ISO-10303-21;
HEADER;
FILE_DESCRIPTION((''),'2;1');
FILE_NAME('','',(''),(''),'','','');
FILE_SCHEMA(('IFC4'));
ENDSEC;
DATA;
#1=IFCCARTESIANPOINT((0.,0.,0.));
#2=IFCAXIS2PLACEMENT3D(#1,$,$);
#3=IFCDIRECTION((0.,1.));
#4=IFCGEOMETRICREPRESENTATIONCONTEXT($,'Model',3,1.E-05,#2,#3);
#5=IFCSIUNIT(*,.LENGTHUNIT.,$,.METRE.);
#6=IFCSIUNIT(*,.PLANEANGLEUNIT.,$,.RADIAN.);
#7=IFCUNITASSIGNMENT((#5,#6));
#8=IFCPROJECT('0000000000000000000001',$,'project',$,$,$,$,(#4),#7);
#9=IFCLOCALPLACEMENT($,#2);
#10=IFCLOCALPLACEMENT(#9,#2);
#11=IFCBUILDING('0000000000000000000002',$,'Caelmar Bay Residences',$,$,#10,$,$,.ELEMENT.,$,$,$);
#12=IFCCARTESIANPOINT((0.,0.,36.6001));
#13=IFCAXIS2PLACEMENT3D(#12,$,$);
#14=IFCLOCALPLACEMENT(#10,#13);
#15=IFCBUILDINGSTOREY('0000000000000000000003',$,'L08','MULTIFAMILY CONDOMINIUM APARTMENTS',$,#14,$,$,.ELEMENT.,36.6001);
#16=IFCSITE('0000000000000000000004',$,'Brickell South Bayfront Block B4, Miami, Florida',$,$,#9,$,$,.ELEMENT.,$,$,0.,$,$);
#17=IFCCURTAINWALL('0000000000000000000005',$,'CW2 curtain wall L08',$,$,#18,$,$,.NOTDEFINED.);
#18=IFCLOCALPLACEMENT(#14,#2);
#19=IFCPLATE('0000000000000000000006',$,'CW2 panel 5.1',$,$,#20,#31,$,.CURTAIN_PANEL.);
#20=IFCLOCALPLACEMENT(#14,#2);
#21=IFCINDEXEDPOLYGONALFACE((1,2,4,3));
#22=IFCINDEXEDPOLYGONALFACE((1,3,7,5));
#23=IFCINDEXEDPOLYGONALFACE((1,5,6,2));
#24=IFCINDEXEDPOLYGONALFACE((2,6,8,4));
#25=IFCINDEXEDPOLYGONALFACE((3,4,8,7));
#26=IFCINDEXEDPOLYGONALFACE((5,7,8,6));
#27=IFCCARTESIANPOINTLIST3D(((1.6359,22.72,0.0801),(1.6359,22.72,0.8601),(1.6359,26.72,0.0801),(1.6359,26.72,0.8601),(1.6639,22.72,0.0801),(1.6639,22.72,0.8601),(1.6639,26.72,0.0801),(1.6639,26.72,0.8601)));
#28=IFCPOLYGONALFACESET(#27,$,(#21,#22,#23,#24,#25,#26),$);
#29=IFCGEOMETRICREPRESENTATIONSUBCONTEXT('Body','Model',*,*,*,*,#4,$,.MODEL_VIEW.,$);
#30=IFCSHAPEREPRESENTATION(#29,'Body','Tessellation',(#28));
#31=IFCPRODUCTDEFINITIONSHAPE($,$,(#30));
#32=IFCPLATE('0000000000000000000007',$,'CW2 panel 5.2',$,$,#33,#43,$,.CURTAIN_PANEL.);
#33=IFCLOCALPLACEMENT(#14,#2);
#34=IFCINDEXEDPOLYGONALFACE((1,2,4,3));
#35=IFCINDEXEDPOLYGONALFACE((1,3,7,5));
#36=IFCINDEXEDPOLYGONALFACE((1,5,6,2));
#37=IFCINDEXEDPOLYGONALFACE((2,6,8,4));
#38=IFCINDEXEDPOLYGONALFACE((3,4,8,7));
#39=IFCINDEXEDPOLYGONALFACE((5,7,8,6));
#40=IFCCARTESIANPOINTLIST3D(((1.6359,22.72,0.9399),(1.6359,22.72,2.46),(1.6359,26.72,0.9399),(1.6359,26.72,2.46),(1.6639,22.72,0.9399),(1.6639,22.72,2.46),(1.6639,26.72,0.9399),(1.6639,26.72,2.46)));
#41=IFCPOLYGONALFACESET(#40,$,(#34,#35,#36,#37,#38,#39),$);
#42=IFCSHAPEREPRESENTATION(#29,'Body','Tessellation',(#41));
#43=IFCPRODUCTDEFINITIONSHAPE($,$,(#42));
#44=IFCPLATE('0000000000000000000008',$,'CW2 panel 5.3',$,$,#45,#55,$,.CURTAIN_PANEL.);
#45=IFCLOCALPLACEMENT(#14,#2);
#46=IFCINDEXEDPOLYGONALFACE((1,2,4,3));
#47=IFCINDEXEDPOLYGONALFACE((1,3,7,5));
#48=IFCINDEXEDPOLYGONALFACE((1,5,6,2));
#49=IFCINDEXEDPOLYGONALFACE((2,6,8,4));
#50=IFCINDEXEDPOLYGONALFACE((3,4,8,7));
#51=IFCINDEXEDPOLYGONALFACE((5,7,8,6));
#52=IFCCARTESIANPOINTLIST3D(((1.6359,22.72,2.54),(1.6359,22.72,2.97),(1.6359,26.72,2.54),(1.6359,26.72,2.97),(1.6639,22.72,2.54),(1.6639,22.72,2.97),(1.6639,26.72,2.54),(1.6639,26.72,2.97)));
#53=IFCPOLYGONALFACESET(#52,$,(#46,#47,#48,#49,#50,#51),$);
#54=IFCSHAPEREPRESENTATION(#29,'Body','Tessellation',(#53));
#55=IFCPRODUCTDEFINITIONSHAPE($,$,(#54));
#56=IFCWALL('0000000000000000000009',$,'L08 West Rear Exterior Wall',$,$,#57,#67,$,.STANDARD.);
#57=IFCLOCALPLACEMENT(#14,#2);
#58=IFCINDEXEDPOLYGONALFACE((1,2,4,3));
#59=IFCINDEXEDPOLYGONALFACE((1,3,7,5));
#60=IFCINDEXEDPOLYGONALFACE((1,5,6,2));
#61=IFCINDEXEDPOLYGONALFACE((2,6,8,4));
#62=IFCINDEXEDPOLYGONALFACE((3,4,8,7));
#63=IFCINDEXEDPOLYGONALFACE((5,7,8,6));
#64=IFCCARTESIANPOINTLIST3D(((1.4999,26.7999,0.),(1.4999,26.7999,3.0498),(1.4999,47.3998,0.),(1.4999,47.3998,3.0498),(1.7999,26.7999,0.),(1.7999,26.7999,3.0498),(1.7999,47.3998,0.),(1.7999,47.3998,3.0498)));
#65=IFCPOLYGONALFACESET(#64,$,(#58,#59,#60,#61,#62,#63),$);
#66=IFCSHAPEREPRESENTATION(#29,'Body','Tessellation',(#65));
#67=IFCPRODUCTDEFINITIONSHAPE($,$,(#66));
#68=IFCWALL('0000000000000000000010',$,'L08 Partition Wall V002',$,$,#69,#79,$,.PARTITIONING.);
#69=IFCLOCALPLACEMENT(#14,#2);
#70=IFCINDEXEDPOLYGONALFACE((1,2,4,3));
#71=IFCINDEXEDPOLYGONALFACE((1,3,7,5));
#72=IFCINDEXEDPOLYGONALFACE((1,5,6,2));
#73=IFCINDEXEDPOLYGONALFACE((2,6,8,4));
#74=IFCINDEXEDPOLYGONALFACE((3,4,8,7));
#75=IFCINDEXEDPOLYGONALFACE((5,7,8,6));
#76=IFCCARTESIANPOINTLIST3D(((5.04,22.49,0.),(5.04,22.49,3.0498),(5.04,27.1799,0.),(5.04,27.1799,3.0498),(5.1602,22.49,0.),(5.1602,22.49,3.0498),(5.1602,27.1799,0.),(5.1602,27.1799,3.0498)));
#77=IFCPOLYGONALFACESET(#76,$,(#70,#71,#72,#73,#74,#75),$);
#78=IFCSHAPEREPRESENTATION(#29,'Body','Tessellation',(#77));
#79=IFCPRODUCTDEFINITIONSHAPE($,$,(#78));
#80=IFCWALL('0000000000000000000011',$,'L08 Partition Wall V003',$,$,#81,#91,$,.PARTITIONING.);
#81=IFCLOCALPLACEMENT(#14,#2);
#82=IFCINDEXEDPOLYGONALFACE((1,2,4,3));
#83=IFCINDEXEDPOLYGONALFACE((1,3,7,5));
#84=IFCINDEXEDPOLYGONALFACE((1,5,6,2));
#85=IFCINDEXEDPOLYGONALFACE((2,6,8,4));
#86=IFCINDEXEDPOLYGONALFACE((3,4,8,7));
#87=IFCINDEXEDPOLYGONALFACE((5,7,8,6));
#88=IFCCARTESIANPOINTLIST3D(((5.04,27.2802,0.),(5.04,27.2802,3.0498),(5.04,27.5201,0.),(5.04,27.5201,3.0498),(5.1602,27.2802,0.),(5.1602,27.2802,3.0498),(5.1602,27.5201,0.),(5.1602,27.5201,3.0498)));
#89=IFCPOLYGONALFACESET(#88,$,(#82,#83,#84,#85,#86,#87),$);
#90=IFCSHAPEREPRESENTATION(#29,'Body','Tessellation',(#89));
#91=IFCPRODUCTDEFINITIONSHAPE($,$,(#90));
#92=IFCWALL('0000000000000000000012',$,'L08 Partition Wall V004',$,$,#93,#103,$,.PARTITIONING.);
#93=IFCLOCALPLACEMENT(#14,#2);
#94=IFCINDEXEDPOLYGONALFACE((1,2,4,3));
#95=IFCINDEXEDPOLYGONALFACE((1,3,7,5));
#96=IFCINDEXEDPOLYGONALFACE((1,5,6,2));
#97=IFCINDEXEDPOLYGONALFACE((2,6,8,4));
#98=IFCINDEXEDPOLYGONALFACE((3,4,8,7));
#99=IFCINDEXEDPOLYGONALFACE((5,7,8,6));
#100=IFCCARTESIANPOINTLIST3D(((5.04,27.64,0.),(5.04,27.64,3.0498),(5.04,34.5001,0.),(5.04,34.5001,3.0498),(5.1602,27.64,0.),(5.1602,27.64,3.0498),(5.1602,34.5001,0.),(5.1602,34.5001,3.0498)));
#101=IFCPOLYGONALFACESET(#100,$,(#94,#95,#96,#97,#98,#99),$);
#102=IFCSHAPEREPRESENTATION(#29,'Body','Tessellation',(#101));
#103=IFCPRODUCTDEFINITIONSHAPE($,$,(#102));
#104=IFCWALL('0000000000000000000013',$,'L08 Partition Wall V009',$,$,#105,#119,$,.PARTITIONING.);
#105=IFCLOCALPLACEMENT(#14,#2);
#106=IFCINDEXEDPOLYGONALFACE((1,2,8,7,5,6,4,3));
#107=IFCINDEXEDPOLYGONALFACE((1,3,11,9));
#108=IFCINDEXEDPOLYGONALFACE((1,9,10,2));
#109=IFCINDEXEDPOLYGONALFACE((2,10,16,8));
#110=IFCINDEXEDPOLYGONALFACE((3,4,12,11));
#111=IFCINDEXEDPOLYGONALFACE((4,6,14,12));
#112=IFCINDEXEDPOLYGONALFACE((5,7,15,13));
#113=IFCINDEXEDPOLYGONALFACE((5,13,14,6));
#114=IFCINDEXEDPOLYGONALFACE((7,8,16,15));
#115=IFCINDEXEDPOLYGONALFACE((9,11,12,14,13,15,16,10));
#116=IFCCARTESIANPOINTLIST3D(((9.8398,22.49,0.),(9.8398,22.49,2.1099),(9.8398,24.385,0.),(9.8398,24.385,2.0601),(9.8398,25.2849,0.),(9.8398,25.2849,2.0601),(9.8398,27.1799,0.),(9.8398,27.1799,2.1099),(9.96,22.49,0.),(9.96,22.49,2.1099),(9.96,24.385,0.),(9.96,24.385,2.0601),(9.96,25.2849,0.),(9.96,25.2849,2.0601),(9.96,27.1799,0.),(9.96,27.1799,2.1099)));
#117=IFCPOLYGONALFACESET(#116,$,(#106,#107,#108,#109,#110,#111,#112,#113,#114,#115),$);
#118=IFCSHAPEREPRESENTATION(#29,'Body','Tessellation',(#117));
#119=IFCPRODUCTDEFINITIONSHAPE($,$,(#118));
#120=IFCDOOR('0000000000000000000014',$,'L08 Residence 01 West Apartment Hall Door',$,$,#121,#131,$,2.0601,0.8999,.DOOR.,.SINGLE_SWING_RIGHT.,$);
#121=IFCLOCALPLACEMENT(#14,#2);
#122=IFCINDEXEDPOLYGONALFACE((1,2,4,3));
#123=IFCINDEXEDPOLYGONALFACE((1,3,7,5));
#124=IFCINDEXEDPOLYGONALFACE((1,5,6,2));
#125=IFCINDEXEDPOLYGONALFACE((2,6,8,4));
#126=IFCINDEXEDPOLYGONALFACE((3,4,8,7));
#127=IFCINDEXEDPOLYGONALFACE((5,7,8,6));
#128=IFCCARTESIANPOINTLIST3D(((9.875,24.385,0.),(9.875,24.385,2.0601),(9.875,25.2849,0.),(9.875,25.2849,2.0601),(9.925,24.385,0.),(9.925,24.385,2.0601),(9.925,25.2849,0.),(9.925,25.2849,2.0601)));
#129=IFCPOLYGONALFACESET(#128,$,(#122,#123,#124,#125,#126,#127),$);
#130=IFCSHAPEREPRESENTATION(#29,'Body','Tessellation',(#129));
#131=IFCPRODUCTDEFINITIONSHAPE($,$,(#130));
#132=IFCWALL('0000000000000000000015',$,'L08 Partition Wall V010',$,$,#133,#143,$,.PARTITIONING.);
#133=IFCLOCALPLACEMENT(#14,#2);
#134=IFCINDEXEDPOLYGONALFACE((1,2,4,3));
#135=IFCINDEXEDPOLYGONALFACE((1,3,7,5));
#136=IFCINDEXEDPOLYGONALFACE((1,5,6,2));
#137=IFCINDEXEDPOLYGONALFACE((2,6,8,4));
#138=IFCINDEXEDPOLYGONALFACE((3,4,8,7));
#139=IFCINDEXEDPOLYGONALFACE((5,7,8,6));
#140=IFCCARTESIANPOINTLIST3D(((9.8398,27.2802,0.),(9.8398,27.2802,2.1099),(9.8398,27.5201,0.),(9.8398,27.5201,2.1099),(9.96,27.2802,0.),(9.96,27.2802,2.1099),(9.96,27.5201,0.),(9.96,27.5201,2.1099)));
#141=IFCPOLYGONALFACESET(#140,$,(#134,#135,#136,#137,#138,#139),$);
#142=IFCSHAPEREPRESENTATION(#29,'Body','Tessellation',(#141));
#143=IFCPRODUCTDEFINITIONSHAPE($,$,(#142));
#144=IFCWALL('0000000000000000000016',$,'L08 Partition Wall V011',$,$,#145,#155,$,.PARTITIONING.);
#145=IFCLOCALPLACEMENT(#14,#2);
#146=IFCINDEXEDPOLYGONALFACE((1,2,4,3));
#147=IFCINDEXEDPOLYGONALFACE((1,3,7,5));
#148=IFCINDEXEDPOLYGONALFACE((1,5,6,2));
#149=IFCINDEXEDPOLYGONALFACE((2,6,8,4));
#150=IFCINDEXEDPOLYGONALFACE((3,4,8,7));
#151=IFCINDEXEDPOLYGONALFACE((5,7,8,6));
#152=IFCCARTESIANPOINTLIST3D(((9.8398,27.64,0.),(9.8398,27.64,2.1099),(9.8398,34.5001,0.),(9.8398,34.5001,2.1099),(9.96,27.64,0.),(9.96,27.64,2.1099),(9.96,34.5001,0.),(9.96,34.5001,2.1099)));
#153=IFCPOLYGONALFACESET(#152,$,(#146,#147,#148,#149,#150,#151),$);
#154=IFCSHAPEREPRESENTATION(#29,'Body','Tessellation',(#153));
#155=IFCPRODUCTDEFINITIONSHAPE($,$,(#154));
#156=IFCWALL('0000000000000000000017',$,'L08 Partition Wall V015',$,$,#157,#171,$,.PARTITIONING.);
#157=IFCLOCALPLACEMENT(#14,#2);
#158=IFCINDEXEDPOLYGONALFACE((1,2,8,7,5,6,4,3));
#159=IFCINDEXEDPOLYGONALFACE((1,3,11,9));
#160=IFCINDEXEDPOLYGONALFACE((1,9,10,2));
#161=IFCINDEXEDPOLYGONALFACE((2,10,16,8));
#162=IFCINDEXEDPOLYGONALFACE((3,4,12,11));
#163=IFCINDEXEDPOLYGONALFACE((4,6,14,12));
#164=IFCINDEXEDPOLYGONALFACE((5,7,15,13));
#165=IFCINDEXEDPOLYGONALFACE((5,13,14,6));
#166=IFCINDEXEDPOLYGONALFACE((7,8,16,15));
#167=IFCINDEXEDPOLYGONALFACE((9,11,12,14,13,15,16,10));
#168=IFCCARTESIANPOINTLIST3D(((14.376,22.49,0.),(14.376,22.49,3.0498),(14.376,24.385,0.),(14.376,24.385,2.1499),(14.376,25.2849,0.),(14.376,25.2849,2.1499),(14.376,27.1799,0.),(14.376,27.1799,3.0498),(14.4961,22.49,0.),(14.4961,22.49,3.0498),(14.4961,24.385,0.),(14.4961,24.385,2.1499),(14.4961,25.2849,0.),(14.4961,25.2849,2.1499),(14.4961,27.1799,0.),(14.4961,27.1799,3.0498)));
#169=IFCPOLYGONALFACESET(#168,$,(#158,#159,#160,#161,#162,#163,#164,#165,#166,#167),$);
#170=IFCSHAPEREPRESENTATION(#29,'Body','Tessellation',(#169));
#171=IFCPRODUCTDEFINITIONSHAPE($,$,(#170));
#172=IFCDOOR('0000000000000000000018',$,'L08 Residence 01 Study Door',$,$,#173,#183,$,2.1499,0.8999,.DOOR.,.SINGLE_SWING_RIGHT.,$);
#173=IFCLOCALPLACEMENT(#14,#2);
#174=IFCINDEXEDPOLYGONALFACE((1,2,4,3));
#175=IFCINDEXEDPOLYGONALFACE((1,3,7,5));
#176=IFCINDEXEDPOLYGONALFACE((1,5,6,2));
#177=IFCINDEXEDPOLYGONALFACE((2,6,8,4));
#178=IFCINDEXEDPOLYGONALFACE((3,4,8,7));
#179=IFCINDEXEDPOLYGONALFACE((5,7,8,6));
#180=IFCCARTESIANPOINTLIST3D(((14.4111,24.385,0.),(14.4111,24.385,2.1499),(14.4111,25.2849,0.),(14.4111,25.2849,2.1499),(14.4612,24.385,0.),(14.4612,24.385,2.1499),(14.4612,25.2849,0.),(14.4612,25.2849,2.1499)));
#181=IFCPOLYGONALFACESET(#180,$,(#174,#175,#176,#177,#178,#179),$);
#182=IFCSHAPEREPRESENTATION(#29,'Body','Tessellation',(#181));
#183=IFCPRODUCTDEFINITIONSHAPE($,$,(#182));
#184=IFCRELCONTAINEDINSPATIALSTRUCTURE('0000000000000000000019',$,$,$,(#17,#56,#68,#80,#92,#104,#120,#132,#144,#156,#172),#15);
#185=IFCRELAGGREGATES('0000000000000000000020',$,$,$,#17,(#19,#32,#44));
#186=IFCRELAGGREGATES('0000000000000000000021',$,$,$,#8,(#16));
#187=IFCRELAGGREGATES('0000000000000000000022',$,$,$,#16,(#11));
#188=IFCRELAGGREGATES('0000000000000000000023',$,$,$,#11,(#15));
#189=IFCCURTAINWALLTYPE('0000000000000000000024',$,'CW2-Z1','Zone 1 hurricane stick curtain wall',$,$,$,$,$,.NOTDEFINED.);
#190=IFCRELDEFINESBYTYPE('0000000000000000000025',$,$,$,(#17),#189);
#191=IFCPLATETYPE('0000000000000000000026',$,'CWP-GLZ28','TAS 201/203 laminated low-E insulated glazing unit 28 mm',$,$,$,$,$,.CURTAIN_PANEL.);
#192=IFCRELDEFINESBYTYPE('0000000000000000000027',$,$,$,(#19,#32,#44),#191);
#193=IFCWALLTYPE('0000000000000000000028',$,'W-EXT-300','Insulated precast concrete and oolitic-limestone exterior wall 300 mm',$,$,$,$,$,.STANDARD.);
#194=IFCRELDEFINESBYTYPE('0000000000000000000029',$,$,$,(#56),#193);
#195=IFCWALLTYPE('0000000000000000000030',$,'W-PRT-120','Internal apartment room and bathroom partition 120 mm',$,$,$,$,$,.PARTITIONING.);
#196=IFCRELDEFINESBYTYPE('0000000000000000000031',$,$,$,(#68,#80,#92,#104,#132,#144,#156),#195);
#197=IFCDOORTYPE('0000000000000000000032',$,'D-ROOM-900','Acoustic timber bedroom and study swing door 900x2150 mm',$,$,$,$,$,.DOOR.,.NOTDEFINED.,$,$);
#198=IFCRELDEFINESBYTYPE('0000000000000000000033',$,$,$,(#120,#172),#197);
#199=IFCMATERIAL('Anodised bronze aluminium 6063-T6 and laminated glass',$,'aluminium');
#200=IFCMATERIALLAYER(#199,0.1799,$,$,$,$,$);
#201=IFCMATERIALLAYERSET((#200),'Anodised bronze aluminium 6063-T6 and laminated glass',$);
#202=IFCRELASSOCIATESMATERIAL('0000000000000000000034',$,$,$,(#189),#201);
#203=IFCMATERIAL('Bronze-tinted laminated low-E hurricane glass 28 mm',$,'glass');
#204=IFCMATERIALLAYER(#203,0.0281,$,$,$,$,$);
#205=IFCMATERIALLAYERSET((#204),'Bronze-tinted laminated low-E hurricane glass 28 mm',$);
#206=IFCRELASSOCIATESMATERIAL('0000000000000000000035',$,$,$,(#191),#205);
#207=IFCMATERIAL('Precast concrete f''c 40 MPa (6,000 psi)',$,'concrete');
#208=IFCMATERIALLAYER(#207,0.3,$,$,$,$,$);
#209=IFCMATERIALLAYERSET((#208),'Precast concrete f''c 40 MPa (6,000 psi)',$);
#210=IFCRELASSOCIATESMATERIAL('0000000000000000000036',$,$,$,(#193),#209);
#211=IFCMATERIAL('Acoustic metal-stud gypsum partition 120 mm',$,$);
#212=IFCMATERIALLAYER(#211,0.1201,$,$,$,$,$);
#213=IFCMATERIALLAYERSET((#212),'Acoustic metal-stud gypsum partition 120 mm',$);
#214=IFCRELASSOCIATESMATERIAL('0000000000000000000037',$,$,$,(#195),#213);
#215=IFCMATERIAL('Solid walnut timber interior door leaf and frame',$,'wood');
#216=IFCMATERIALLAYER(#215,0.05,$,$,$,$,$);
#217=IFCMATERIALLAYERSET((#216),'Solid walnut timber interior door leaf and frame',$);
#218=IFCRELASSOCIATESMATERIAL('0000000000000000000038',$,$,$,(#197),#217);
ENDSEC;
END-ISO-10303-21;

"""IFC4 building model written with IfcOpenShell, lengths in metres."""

from ifc_helpers import new_model, si_unit, direction, frame, frame_2d, origin, origin_2d, place, context, subcontext, project, spatial, rectangle, extrude, material, layer, layer_set, type_object, element, fill, aggregate, save


model = new_model("IFC4")

# Units and contexts
model_context = context("Model", 3, precision=1e-05, world=origin(), true_north=direction((0.0, 1.0)))
body_context = subcontext(model_context, "Body", "Model", "MODEL_VIEW")
ifc_project = project(units=[si_unit("LENGTHUNIT", "METRE"), si_unit("PLANEANGLEUNIT", "RADIAN")], contexts=[model_context])

# Site, building, storey
site_placement = place(None, origin())
site = spatial("IfcSite", under=ifc_project, at=site_placement, Name="Brickell South Bayfront Block B4, Miami, Florida", CompositionType="ELEMENT", RefElevation=0.0)
building_placement = place(site_placement, origin())
building = spatial("IfcBuilding", under=site, at=building_placement, Name="Caelmar Bay Residences", CompositionType="ELEMENT")
storey_placement = place(building_placement, frame((0.0, 0.0, 36.6001)))
storey = spatial("IfcBuildingStorey", under=building, at=storey_placement, Name="L08", Description="MULTIFAMILY CONDOMINIUM APARTMENTS", CompositionType="ELEMENT", Elevation=36.6001)

# Curtain wall, plates
ifc_material_1 = material(Name="Anodised bronze aluminium 6063-T6 and laminated glass", Category="aluminium")
ifc_layer_1 = layer(ifc_material_1, 0.1799)
ifc_layer_set_1 = layer_set([ifc_layer_1], Name="Anodised bronze aluminium 6063-T6 and laminated glass")
curtain_wall_type = type_object("IfcCurtainWallType", Name="CW2-Z1", Description="Zone 1 hurricane stick curtain wall", PredefinedType="NOTDEFINED", material=ifc_layer_set_1)
curtain_wall_placement = place(storey_placement, origin())
curtain_wall = element("IfcCurtainWall", 1, at=curtain_wall_placement, inside=storey, type_object=curtain_wall_type, Name="CW2 curtain wall L08", PredefinedType="NOTDEFINED")
ifc_material_2 = material(Name="Bronze-tinted laminated low-E hurricane glass 28 mm", Category="glass")
ifc_layer_2 = layer(ifc_material_2, 0.0281)
ifc_layer_set_2 = layer_set([ifc_layer_2], Name="Bronze-tinted laminated low-E hurricane glass 28 mm")
plate_type = type_object("IfcPlateType", Name="CWP-GLZ28", Description="TAS 201/203 laminated low-E insulated glazing unit 28 mm", PredefinedType="CURTAIN_PANEL", material=ifc_layer_set_2)
plate_1_placement = place(storey_placement, frame((1.6499, 24.72, 0.0801), z_axis=(0.0, 0.0, 1.0), x_axis=(0.0, 1.0, 0.0)))
plate_1 = element("IfcPlate", 2, at=plate_1_placement, type_object=plate_type, Name="CW2 panel 5.1", PredefinedType="CURTAIN_PANEL", context=body_context, shape_type="SweptSolid", body=[
    extrude(rectangle(XDim=4.0, YDim=0.0281, at=origin_2d()), origin(), (0.0, 0.0, 1.0), 0.78),
])
plate_2_placement = place(storey_placement, frame((1.6499, 24.72, 0.9399), z_axis=(0.0, 0.0, 1.0), x_axis=(0.0, 1.0, 0.0)))
plate_2 = element("IfcPlate", 3, at=plate_2_placement, type_object=plate_type, Name="CW2 panel 5.2", PredefinedType="CURTAIN_PANEL", context=body_context, shape_type="SweptSolid", body=[
    extrude(rectangle(XDim=4.0, YDim=0.0281, at=origin_2d()), origin(), (0.0, 0.0, 1.0), 1.52),
])
plate_3_placement = place(storey_placement, frame((1.6499, 24.72, 2.54), z_axis=(0.0, 0.0, 1.0), x_axis=(0.0, 1.0, 0.0)))
plate_3 = element("IfcPlate", 4, at=plate_3_placement, type_object=plate_type, Name="CW2 panel 5.3", PredefinedType="CURTAIN_PANEL", context=body_context, shape_type="SweptSolid", body=[
    extrude(rectangle(XDim=4.0, YDim=0.0281, at=origin_2d()), origin(), (0.0, 0.0, 1.0), 0.4299),
])
aggregate(curtain_wall, [plate_1, plate_2, plate_3])

# Walls
ifc_material_3 = material(Name="Precast concrete f'c 40 MPa (6,000 psi)", Category="concrete")
ifc_layer_3 = layer(ifc_material_3, 0.3)
ifc_layer_set_3 = layer_set([ifc_layer_3], Name="Precast concrete f'c 40 MPa (6,000 psi)")
wall_type_1 = type_object("IfcWallType", Name="W-EXT-300", Description="Insulated precast concrete and oolitic-limestone exterior wall 300 mm", PredefinedType="STANDARD", material=ifc_layer_set_3)
wall_1_placement = place(storey_placement, frame((1.6499, 26.8, 0.0), z_axis=(0.0, 0.0, 1.0), x_axis=(0.0, 1.0, 0.0)))
element("IfcWall", 5, at=wall_1_placement, inside=storey, type_object=wall_type_1, Name="L08 West Rear Exterior Wall", PredefinedType="STANDARD", context=body_context, shape_type="SweptSolid", body=[
    extrude(rectangle(XDim=20.5999, YDim=0.3, at=frame_2d((10.2998, 0.0))), origin(), (0.0, 0.0, 1.0), 3.0498),
])
ifc_material_4 = material(Name="Acoustic metal-stud gypsum partition 120 mm")
ifc_layer_4 = layer(ifc_material_4, 0.1201)
ifc_layer_set_4 = layer_set([ifc_layer_4], Name="Acoustic metal-stud gypsum partition 120 mm")
wall_type_2 = type_object("IfcWallType", Name="W-PRT-120", Description="Internal apartment room and bathroom partition 120 mm", PredefinedType="PARTITIONING", material=ifc_layer_set_4)
wall_2_placement = place(storey_placement, frame((5.1001, 22.49, 0.0), z_axis=(0.0, 0.0, 1.0), x_axis=(0.0, 1.0, 0.0)))
element("IfcWall", 6, at=wall_2_placement, inside=storey, type_object=wall_type_2, Name="L08 Partition Wall V002", PredefinedType="PARTITIONING", context=body_context, shape_type="SweptSolid", body=[
    extrude(rectangle(XDim=4.6899, YDim=0.1201, at=frame_2d((2.345, 0.0))), origin(), (0.0, 0.0, 1.0), 3.0498),
])
wall_3_placement = place(storey_placement, frame((5.1001, 27.28, 0.0), z_axis=(0.0, 0.0, 1.0), x_axis=(0.0, 1.0, 0.0)))
element("IfcWall", 7, at=wall_3_placement, inside=storey, type_object=wall_type_2, Name="L08 Partition Wall V003", PredefinedType="PARTITIONING", context=body_context, shape_type="SweptSolid", body=[
    extrude(rectangle(XDim=0.24, YDim=0.1201, at=frame_2d((0.1201, 0.0))), origin(), (0.0, 0.0, 1.0), 3.0498),
])
wall_4_placement = place(storey_placement, frame((5.1001, 27.6399, 0.0), z_axis=(0.0, 0.0, 1.0), x_axis=(0.0, 1.0, 0.0)))
element("IfcWall", 8, at=wall_4_placement, inside=storey, type_object=wall_type_2, Name="L08 Partition Wall V004", PredefinedType="PARTITIONING", context=body_context, shape_type="SweptSolid", body=[
    extrude(rectangle(XDim=6.8601, YDim=0.1201, at=frame_2d((3.4302, 0.0))), origin(), (0.0, 0.0, 1.0), 3.0498),
])

# Wall, opening, door
wall_5_placement = place(storey_placement, frame((9.8999, 22.49, 0.0), z_axis=(0.0, 0.0, 1.0), x_axis=(0.0, 1.0, 0.0)))
wall_5 = element("IfcWall", 9, at=wall_5_placement, inside=storey, type_object=wall_type_2, Name="L08 Partition Wall V009", PredefinedType="PARTITIONING", context=body_context, shape_type="SweptSolid", body=[
    extrude(rectangle(XDim=4.6899, YDim=0.1201, at=frame_2d((2.345, 0.0))), origin(), (0.0, 0.0, 1.0), 2.1099),
])
opening_1_placement = place(wall_5_placement, frame((1.895, 0.0, 0.0)))
opening_1 = element("IfcOpeningElement", 10, at=opening_1_placement, cuts=wall_5, PredefinedType="OPENING", context=body_context, shape_type="SweptSolid", body=[
    extrude(rectangle(XDim=0.8999, YDim=2.0601, at=frame_2d((0.45, 1.03))), frame((0.0, 0.0701, 0.0), z_axis=(0.0, -1.0, 0.0), x_axis=(1.0, 0.0, 0.0)), (0.0, 0.0, 1.0), 0.1401),
])
ifc_material_5 = material(Name="Solid walnut timber interior door leaf and frame", Category="wood")
ifc_layer_5 = layer(ifc_material_5, 0.05)
ifc_layer_set_5 = layer_set([ifc_layer_5], Name="Solid walnut timber interior door leaf and frame")
door_type_1 = type_object("IfcDoorType", Name="D-ROOM-900", Description="Acoustic timber bedroom and study swing door 900x2150 mm", OperationType="NOTDEFINED", PredefinedType="DOOR", material=ifc_layer_set_5)
door_1_placement = place(opening_1_placement, origin())
door_1 = element("IfcDoor", 11, at=door_1_placement, inside=storey, type_object=door_type_1, Name="L08 Residence 01 West Apartment Hall Door", OperationType="SINGLE_SWING_RIGHT", OverallHeight=2.0601, OverallWidth=0.8999, PredefinedType="DOOR", context=body_context, shape_type="SweptSolid", body=[
    extrude(rectangle(XDim=0.8999, YDim=2.0601, at=frame_2d((0.45, 1.03))), frame((0.0, 0.0249, 0.0), z_axis=(0.0, -1.0, 0.0), x_axis=(1.0, 0.0, 0.0)), (0.0, 0.0, 1.0), 0.05),
])
fill(opening_1, door_1)

# Walls
wall_6_placement = place(storey_placement, frame((9.8999, 27.28, 0.0), z_axis=(0.0, 0.0, 1.0), x_axis=(0.0, 1.0, 0.0)))
element("IfcWall", 12, at=wall_6_placement, inside=storey, type_object=wall_type_2, Name="L08 Partition Wall V010", PredefinedType="PARTITIONING", context=body_context, shape_type="SweptSolid", body=[
    extrude(rectangle(XDim=0.24, YDim=0.1201, at=frame_2d((0.1201, 0.0))), origin(), (0.0, 0.0, 1.0), 2.1099),
])
wall_7_placement = place(storey_placement, frame((9.8999, 27.6399, 0.0), z_axis=(0.0, 0.0, 1.0), x_axis=(0.0, 1.0, 0.0)))
element("IfcWall", 13, at=wall_7_placement, inside=storey, type_object=wall_type_2, Name="L08 Partition Wall V011", PredefinedType="PARTITIONING", context=body_context, shape_type="SweptSolid", body=[
    extrude(rectangle(XDim=6.8601, YDim=0.1201, at=frame_2d((3.4302, 0.0))), origin(), (0.0, 0.0, 1.0), 2.1099),
])

# Wall, opening, door
wall_8_placement = place(storey_placement, frame((14.436, 22.49, 0.0), z_axis=(0.0, 0.0, 1.0), x_axis=(0.0, 1.0, 0.0)))
wall_8 = element("IfcWall", 14, at=wall_8_placement, inside=storey, type_object=wall_type_2, Name="L08 Partition Wall V015", PredefinedType="PARTITIONING", context=body_context, shape_type="SweptSolid", body=[
    extrude(rectangle(XDim=4.6899, YDim=0.1201, at=frame_2d((2.345, 0.0))), origin(), (0.0, 0.0, 1.0), 3.0498),
])
opening_2_placement = place(wall_8_placement, frame((1.895, 0.0, 0.0)))
opening_2 = element("IfcOpeningElement", 15, at=opening_2_placement, cuts=wall_8, PredefinedType="OPENING", context=body_context, shape_type="SweptSolid", body=[
    extrude(rectangle(XDim=0.8999, YDim=2.1499, at=frame_2d((0.45, 1.075))), frame((0.0, 0.0701, 0.0), z_axis=(0.0, -1.0, 0.0), x_axis=(1.0, 0.0, 0.0)), (0.0, 0.0, 1.0), 0.1401),
])
door_2_placement = place(opening_2_placement, origin())
door_2 = element("IfcDoor", 16, at=door_2_placement, inside=storey, type_object=door_type_1, Name="L08 Residence 01 Study Door", OperationType="SINGLE_SWING_RIGHT", OverallHeight=2.1499, OverallWidth=0.8999, PredefinedType="DOOR", context=body_context, shape_type="SweptSolid", body=[
    extrude(rectangle(XDim=0.8999, YDim=2.1499, at=frame_2d((0.45, 1.075))), frame((0.0, 0.0249, 0.0), z_axis=(0.0, -1.0, 0.0), x_axis=(1.0, 0.0, 0.0)), (0.0, 0.0, 1.0), 0.05),
])
fill(opening_2, door_2)

save(model, "model.ifc")
